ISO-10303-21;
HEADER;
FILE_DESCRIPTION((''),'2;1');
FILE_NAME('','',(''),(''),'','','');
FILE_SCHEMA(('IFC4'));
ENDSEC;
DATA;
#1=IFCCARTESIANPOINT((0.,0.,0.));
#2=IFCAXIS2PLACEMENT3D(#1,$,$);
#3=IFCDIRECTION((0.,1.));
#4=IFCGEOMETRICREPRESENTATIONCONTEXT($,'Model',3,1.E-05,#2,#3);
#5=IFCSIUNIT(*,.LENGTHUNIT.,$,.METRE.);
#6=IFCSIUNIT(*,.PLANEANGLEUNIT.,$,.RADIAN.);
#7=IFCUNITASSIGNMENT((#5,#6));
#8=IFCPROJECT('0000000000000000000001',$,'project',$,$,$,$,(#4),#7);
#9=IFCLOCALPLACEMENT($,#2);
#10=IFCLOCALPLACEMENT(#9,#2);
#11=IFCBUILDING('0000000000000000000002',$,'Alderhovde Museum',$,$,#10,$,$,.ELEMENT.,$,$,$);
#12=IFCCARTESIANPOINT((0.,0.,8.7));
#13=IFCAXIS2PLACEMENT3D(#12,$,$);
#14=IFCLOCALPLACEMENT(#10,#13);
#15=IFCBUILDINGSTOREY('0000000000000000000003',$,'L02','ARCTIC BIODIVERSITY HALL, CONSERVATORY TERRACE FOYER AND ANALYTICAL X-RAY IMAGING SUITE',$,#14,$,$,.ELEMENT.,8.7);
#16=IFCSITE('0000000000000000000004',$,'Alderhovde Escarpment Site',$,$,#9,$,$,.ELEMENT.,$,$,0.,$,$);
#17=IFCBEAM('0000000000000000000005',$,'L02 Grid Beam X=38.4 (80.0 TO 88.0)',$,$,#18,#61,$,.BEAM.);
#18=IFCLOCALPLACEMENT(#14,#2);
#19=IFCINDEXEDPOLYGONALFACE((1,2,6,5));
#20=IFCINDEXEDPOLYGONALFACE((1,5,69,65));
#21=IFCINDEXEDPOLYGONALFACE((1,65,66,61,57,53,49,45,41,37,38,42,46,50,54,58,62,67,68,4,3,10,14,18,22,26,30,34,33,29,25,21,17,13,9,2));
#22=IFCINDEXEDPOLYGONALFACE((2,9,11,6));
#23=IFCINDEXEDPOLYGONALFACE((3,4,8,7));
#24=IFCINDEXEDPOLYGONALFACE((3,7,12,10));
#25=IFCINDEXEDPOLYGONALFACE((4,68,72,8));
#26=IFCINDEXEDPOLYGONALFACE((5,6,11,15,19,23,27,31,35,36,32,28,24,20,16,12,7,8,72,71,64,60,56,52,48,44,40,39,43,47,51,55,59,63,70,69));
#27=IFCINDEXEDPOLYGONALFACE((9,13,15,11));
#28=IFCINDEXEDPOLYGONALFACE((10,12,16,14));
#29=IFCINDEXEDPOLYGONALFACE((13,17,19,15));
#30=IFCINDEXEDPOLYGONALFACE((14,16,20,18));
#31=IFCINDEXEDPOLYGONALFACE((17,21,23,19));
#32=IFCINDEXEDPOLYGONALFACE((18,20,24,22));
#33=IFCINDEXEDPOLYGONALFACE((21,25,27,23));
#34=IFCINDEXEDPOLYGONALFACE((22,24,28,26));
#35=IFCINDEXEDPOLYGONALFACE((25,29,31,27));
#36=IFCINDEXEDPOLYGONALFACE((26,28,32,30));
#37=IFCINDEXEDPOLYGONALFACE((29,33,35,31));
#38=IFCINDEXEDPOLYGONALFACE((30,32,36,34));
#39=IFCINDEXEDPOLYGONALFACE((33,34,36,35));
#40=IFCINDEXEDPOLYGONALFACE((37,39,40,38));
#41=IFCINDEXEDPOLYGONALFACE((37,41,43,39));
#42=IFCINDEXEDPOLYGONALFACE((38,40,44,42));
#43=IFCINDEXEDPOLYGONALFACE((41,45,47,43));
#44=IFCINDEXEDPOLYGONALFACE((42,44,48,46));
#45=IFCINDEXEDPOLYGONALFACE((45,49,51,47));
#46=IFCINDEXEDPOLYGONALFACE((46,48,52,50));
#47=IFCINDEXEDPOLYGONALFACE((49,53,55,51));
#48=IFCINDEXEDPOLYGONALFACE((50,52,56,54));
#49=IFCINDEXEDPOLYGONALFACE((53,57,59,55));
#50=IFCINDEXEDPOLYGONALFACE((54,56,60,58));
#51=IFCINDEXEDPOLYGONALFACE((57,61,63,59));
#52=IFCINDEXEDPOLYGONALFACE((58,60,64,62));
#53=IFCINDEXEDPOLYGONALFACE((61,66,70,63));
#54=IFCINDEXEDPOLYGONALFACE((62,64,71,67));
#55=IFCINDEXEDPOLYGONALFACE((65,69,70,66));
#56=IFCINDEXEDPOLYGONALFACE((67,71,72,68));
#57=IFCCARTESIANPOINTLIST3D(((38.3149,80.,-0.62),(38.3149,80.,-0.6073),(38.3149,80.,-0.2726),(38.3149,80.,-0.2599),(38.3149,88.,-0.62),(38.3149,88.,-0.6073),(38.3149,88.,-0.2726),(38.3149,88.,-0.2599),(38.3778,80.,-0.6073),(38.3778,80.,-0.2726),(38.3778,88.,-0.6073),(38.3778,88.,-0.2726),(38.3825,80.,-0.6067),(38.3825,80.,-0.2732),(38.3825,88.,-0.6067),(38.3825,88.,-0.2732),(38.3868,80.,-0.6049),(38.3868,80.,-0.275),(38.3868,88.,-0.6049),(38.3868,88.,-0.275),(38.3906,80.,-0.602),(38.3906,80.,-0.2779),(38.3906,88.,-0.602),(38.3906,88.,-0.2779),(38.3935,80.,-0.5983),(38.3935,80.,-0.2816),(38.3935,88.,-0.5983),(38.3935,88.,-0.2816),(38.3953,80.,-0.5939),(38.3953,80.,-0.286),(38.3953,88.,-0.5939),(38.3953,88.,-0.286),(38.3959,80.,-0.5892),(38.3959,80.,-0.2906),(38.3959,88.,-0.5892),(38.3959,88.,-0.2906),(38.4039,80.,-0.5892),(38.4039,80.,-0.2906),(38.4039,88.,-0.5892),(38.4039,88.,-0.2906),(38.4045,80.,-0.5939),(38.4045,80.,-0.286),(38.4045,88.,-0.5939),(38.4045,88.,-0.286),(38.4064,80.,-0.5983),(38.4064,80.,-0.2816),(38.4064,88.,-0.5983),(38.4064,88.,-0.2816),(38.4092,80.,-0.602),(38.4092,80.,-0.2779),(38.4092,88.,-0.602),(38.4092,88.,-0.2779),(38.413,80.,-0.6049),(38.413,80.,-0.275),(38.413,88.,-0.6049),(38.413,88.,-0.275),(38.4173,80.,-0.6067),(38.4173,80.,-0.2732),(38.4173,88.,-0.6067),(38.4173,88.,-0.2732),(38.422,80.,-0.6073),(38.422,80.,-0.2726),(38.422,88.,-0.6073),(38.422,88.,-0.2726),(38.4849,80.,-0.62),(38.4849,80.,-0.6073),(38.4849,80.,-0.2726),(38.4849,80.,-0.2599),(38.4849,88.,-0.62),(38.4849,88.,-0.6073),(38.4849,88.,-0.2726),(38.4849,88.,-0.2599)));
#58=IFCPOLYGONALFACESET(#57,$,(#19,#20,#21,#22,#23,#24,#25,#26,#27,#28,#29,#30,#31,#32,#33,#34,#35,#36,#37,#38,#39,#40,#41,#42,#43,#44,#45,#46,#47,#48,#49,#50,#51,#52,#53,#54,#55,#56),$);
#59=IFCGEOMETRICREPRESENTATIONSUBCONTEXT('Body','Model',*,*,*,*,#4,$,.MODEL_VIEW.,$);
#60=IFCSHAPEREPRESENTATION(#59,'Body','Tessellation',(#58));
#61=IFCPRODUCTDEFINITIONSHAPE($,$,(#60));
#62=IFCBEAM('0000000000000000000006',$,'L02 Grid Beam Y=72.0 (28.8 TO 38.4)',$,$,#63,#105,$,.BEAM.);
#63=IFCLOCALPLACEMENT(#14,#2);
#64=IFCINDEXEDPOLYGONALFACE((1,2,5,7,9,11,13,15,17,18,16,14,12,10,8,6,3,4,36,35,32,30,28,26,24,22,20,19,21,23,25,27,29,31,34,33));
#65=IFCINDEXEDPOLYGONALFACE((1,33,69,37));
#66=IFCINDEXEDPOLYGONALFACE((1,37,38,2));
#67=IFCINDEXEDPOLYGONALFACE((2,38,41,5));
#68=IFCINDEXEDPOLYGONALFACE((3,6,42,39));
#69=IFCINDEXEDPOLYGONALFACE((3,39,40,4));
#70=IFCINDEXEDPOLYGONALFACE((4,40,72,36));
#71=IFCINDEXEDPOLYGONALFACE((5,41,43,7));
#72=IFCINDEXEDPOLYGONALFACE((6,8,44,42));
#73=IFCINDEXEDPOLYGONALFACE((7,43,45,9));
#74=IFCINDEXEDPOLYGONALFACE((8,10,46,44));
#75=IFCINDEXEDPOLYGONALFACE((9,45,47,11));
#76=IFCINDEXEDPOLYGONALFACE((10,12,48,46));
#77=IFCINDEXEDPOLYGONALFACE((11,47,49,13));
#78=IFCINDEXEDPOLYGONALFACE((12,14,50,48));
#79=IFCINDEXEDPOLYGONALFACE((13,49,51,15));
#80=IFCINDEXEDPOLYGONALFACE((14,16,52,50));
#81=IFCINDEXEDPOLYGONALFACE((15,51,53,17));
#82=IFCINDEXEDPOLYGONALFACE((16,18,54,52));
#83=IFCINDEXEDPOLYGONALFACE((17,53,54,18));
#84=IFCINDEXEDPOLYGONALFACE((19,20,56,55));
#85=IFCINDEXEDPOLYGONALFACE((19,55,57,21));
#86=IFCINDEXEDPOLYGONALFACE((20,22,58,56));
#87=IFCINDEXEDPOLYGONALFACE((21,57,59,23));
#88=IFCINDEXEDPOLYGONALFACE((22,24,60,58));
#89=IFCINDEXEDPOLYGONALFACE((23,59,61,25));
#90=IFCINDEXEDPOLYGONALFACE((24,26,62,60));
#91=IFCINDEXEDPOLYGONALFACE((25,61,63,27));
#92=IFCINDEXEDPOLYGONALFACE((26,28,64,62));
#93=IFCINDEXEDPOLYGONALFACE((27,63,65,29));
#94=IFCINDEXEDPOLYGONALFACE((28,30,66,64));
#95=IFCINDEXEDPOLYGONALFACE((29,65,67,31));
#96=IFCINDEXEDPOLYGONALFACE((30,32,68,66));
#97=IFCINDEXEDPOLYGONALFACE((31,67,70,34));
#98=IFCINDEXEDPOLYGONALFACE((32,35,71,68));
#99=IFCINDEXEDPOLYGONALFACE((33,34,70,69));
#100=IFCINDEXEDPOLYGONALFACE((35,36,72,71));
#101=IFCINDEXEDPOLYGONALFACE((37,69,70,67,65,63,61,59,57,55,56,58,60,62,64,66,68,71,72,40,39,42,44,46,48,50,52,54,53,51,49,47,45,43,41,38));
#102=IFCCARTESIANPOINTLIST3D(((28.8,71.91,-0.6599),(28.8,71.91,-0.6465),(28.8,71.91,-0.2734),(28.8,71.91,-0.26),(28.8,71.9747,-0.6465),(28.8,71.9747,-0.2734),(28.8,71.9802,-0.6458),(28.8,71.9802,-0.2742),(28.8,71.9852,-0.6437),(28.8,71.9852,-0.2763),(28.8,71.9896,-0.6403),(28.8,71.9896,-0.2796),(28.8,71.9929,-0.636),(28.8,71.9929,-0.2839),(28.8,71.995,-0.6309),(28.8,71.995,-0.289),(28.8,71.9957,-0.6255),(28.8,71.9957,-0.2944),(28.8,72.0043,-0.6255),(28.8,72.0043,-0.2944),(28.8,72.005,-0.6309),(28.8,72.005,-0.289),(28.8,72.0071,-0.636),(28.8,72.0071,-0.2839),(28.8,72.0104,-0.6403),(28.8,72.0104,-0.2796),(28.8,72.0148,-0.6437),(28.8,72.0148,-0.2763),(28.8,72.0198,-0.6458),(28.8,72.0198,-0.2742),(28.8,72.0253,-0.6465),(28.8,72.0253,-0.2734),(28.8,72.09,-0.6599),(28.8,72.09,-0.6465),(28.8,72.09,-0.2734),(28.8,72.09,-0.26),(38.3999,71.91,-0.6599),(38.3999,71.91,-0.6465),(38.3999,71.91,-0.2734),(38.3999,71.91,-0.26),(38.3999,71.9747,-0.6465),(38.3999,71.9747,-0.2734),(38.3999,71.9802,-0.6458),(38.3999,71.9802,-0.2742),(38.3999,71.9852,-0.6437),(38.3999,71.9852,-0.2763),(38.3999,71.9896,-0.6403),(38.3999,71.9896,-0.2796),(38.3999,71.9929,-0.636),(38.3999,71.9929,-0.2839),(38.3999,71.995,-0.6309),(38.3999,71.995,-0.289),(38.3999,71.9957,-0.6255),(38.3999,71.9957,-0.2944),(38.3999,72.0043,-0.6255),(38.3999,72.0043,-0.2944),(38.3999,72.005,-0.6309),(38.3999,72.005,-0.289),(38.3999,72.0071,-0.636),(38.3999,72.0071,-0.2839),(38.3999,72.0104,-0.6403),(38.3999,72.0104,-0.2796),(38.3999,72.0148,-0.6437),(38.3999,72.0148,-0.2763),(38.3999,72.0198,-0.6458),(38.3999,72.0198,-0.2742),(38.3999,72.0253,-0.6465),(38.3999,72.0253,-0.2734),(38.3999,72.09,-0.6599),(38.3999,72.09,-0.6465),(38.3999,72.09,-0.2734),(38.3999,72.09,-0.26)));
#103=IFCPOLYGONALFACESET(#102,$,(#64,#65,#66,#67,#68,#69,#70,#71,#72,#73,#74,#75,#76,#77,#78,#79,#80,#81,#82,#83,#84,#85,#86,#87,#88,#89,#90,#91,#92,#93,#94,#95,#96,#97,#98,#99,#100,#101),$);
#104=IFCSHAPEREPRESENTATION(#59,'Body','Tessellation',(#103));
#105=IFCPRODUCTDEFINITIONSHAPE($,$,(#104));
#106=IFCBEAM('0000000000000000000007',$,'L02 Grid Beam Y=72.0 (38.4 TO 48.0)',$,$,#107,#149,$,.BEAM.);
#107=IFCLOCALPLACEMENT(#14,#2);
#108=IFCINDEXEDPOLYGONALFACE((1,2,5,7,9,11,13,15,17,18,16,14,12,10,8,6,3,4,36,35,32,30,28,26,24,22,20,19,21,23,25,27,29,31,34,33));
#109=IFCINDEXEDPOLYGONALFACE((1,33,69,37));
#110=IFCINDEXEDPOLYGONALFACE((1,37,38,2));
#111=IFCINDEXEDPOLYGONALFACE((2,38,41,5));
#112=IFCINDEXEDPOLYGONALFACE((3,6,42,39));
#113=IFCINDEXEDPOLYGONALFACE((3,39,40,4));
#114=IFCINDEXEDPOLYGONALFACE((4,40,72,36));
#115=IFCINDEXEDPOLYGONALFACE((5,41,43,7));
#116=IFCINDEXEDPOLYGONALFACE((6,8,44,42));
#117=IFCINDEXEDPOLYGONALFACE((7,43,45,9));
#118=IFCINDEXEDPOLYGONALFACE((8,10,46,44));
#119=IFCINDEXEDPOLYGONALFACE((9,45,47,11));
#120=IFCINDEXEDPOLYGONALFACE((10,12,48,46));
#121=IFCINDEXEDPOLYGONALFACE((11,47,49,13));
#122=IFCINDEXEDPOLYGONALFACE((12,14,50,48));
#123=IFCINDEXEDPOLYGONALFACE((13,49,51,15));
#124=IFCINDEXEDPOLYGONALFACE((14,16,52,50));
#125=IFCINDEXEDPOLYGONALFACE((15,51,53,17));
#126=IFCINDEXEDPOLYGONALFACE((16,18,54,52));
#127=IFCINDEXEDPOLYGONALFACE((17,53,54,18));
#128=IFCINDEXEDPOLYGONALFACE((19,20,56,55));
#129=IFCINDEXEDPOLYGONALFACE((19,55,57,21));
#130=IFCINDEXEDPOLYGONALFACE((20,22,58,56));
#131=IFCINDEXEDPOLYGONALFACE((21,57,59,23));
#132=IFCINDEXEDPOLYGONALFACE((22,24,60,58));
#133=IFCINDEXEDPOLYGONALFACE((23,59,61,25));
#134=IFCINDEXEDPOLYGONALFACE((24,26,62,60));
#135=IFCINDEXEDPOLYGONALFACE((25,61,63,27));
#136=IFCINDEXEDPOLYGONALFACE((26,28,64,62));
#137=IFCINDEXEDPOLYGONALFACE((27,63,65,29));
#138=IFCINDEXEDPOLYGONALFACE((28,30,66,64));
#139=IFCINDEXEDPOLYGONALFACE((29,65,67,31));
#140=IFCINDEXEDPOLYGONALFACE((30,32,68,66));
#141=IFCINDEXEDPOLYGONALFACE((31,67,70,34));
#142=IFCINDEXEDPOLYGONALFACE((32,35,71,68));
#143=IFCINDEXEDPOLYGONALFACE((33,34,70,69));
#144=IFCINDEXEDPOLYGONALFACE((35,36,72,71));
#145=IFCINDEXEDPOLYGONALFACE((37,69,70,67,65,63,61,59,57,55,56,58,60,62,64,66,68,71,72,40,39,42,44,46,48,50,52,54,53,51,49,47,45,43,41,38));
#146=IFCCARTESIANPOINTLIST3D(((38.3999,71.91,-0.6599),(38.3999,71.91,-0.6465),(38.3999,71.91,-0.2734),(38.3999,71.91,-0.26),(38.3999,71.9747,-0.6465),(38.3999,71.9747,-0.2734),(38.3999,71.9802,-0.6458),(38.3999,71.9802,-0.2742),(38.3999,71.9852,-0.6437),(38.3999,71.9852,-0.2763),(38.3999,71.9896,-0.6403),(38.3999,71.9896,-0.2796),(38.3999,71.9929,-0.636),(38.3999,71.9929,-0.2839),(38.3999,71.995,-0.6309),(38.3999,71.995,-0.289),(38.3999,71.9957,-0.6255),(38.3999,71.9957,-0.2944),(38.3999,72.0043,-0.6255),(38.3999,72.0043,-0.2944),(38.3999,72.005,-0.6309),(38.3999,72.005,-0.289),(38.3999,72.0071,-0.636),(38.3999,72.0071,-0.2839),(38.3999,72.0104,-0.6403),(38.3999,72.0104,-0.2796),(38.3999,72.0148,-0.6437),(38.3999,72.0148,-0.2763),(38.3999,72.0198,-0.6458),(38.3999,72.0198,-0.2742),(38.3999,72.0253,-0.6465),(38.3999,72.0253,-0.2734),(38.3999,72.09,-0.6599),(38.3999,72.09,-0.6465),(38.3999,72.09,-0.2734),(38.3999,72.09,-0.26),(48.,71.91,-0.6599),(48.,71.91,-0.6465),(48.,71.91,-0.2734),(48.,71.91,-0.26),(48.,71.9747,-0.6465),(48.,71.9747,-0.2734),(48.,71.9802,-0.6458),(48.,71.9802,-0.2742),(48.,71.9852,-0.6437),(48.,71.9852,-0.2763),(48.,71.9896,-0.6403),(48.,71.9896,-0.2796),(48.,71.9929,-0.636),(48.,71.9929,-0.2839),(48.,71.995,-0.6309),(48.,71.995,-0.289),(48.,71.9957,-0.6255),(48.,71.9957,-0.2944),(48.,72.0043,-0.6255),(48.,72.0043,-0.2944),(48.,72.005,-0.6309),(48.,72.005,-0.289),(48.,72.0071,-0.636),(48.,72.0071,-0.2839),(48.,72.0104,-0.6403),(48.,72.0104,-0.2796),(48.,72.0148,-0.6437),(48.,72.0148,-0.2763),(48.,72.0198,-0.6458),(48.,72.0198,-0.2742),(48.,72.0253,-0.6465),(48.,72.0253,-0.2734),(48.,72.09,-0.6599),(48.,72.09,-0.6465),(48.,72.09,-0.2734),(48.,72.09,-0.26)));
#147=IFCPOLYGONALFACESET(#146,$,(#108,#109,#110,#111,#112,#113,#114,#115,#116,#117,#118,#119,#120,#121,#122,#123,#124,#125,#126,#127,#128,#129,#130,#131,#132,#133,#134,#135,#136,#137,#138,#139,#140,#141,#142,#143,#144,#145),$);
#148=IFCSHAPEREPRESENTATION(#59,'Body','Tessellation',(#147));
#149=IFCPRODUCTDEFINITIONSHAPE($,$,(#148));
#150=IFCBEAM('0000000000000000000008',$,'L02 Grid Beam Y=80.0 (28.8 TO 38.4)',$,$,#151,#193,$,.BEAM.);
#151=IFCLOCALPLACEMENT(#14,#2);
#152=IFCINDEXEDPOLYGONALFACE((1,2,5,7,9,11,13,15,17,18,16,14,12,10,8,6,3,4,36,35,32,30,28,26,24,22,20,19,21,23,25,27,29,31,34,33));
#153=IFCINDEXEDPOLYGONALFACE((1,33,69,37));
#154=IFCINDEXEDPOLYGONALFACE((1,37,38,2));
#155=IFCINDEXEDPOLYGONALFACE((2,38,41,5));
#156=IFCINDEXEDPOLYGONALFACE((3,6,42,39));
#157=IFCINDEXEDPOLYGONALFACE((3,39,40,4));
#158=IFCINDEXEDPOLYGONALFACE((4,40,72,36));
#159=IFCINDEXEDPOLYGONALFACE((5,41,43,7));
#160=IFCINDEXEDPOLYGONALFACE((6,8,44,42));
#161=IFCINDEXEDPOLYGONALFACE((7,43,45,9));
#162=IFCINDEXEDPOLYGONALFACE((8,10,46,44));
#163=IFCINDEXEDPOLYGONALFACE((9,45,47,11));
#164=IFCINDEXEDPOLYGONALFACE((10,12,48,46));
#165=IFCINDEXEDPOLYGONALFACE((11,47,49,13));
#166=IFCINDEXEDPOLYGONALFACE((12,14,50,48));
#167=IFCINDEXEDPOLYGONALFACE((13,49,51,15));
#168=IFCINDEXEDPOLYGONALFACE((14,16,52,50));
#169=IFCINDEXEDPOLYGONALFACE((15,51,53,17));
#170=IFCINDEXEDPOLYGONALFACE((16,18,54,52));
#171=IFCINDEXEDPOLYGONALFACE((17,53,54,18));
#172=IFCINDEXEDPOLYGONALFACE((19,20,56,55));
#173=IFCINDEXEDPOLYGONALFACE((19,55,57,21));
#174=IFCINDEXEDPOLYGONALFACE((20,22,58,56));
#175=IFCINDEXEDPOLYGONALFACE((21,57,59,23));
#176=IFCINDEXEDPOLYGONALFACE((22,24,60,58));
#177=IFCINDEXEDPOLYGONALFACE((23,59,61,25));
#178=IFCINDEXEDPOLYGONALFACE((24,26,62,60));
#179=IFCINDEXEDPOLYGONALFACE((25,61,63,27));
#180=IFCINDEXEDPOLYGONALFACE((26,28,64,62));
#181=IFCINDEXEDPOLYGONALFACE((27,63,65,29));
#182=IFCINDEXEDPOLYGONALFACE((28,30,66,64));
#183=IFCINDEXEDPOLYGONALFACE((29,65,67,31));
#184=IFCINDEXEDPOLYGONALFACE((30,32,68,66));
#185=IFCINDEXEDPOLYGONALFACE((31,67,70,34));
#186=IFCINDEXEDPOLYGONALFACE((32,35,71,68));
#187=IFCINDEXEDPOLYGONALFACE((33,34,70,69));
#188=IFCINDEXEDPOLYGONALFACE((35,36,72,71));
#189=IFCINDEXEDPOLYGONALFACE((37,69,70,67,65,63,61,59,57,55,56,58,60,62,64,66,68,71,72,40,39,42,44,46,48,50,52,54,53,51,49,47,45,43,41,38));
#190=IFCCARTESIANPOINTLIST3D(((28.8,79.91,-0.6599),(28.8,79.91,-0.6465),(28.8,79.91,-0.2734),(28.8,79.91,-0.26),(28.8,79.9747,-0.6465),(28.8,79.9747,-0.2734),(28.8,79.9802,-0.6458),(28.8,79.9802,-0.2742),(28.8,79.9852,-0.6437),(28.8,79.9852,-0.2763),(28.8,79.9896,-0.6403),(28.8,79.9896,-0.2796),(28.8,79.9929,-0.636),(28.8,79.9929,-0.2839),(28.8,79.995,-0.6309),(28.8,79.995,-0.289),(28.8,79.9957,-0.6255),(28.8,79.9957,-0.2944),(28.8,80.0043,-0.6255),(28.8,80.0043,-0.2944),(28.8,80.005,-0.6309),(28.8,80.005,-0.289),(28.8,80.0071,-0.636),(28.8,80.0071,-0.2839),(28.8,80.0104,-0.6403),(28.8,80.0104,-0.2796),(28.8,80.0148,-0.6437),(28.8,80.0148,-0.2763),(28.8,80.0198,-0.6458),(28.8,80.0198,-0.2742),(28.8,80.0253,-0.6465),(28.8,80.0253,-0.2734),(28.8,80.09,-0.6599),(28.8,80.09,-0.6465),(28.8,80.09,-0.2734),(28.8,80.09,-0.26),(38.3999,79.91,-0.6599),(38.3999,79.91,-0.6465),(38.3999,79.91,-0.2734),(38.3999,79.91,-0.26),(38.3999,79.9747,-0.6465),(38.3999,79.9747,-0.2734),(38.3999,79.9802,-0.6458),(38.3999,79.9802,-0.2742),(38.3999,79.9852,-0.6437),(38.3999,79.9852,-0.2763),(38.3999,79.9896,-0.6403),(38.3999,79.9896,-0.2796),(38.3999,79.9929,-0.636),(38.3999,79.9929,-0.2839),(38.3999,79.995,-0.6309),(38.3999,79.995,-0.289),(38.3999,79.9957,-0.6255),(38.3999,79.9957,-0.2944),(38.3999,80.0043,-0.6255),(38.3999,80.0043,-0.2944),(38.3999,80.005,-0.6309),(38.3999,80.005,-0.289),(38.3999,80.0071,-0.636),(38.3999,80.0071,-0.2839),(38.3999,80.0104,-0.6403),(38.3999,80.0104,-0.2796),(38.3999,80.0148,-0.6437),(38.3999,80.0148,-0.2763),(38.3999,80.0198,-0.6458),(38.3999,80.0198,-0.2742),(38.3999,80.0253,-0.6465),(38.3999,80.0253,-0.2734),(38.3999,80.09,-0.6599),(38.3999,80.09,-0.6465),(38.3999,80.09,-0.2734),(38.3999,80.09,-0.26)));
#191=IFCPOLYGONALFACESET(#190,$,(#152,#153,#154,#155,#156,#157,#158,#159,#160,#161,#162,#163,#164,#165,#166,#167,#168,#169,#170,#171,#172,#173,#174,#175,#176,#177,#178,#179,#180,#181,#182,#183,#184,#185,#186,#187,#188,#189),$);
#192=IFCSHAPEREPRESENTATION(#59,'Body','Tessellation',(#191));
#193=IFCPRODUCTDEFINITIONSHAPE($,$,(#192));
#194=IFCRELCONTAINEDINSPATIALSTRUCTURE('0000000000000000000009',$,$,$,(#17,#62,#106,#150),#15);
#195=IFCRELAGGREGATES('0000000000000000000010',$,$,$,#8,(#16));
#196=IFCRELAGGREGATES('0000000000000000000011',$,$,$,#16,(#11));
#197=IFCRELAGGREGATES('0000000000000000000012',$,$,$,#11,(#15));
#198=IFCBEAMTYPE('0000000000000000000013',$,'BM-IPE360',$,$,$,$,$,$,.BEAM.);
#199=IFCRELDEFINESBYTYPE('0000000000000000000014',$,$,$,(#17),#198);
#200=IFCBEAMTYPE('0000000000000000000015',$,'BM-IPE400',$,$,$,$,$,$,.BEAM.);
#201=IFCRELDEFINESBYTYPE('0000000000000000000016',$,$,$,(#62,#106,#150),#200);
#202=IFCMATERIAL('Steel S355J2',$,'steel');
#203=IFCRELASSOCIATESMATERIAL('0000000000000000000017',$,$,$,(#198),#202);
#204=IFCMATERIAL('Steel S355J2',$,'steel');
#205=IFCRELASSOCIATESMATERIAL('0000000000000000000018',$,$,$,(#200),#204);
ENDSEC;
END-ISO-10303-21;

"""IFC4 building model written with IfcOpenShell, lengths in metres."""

from ifc_helpers import new_model, si_unit, direction, frame, origin, origin_2d, place, context, subcontext, project, spatial, i_section, extrude, material, material_profile, profile_set, type_object, element, save


model = new_model("IFC4")

# Units and contexts
model_context = context("Model", 3, precision=1e-05, world=origin(), true_north=direction((0.0, 1.0)))
body_context = subcontext(model_context, "Body", "Model", "MODEL_VIEW")
ifc_project = project(units=[si_unit("LENGTHUNIT", "METRE"), si_unit("PLANEANGLEUNIT", "RADIAN")], contexts=[model_context])

# Site, building, storey
site_placement = place(None, origin())
site = spatial("IfcSite", under=ifc_project, at=site_placement, Name="Alderhovde Escarpment Site", CompositionType="ELEMENT", RefElevation=0.0)
building_placement = place(site_placement, origin())
building = spatial("IfcBuilding", under=site, at=building_placement, Name="Alderhovde Museum", CompositionType="ELEMENT")
storey_placement = place(building_placement, frame((0.0, 0.0, 8.7)))
storey = spatial("IfcBuildingStorey", under=building, at=storey_placement, Name="L02", Description="ARCTIC BIODIVERSITY HALL, CONSERVATORY TERRACE FOYER AND ANALYTICAL X-RAY IMAGING SUITE", CompositionType="ELEMENT", Elevation=8.7)

# Beams
ifc_material_1 = material(Name="Steel S355J2", Category="steel")
ifc_material_profile_1 = material_profile(ifc_material_1, i_section(OverallWidth=0.1699, OverallDepth=0.3601, WebThickness=0.0081, FlangeThickness=0.0127, FilletRadius=0.0181, at=origin_2d()), Name="IPE 360")
ifc_profile_set_1 = profile_set([ifc_material_profile_1], Name="Steel S355J2")
beam_type_1 = type_object("IfcBeamType", Name="BM-IPE360", PredefinedType="BEAM", material=ifc_profile_set_1)
for number, where, z_axis, x_axis, name in (
    (1, (38.3999, 80.0, -0.4399), (0.0, 1.0, 0.0), (-1.0, 0.0, 0.0), "L02 Grid Beam X=38.4 (80.0 TO 88.0)"),
):
    element("IfcBeam", number, at=place(storey_placement, frame(where, z_axis=z_axis, x_axis=x_axis)), inside=storey, type_object=beam_type_1, Name=name, PredefinedType="BEAM", context=body_context, shape_type="SweptSolid", body=[
        extrude(i_section(OverallWidth=0.1699, OverallDepth=0.3601, WebThickness=0.0081, FlangeThickness=0.0127, FilletRadius=0.0181, at=origin_2d()), origin(), (0.0, 0.0, 1.0), 8.0),
    ])
ifc_material_2 = material(Name="Steel S355J2", Category="steel")
ifc_material_profile_2 = material_profile(ifc_material_2, i_section(OverallWidth=0.1799, OverallDepth=0.3999, WebThickness=0.0085, FlangeThickness=0.0134, FilletRadius=0.021, at=origin_2d()), Name="IPE 400")
ifc_profile_set_2 = profile_set([ifc_material_profile_2], Name="Steel S355J2")
beam_type_2 = type_object("IfcBeamType", Name="BM-IPE400", PredefinedType="BEAM", material=ifc_profile_set_2)
beam_1_placement = place(storey_placement, frame((28.8, 72.0, -0.46), z_axis=(1.0, 0.0, 0.0), x_axis=(0.0, 1.0, 0.0)))
element("IfcBeam", 2, at=beam_1_placement, inside=storey, type_object=beam_type_2, Name="L02 Grid Beam Y=72.0 (28.8 TO 38.4)", PredefinedType="BEAM", context=body_context, shape_type="SweptSolid", body=[
    extrude(i_section(OverallWidth=0.1799, OverallDepth=0.3999, WebThickness=0.0085, FlangeThickness=0.0134, FilletRadius=0.021, at=origin_2d()), origin(), (0.0, 0.0, 1.0), 9.5999),
])
beam_2_placement = place(storey_placement, frame((38.3999, 72.0, -0.46), z_axis=(1.0, 0.0, 0.0), x_axis=(0.0, 1.0, 0.0)))
element("IfcBeam", 3, at=beam_2_placement, inside=storey, type_object=beam_type_2, Name="L02 Grid Beam Y=72.0 (38.4 TO 48.0)", PredefinedType="BEAM", context=body_context, shape_type="SweptSolid", body=[
    extrude(i_section(OverallWidth=0.1799, OverallDepth=0.3999, WebThickness=0.0085, FlangeThickness=0.0134, FilletRadius=0.021, at=origin_2d()), origin(), (0.0, 0.0, 1.0), 9.6001),
])
beam_3_placement = place(storey_placement, frame((28.8, 80.0, -0.46), z_axis=(1.0, 0.0, 0.0), x_axis=(0.0, 1.0, 0.0)))
element("IfcBeam", 4, at=beam_3_placement, inside=storey, type_object=beam_type_2, Name="L02 Grid Beam Y=80.0 (28.8 TO 38.4)", PredefinedType="BEAM", context=body_context, shape_type="SweptSolid", body=[
    extrude(i_section(OverallWidth=0.1799, OverallDepth=0.3999, WebThickness=0.0085, FlangeThickness=0.0134, FilletRadius=0.021, at=origin_2d()), origin(), (0.0, 0.0, 1.0), 9.5999),
])

save(model, "model.ifc")
